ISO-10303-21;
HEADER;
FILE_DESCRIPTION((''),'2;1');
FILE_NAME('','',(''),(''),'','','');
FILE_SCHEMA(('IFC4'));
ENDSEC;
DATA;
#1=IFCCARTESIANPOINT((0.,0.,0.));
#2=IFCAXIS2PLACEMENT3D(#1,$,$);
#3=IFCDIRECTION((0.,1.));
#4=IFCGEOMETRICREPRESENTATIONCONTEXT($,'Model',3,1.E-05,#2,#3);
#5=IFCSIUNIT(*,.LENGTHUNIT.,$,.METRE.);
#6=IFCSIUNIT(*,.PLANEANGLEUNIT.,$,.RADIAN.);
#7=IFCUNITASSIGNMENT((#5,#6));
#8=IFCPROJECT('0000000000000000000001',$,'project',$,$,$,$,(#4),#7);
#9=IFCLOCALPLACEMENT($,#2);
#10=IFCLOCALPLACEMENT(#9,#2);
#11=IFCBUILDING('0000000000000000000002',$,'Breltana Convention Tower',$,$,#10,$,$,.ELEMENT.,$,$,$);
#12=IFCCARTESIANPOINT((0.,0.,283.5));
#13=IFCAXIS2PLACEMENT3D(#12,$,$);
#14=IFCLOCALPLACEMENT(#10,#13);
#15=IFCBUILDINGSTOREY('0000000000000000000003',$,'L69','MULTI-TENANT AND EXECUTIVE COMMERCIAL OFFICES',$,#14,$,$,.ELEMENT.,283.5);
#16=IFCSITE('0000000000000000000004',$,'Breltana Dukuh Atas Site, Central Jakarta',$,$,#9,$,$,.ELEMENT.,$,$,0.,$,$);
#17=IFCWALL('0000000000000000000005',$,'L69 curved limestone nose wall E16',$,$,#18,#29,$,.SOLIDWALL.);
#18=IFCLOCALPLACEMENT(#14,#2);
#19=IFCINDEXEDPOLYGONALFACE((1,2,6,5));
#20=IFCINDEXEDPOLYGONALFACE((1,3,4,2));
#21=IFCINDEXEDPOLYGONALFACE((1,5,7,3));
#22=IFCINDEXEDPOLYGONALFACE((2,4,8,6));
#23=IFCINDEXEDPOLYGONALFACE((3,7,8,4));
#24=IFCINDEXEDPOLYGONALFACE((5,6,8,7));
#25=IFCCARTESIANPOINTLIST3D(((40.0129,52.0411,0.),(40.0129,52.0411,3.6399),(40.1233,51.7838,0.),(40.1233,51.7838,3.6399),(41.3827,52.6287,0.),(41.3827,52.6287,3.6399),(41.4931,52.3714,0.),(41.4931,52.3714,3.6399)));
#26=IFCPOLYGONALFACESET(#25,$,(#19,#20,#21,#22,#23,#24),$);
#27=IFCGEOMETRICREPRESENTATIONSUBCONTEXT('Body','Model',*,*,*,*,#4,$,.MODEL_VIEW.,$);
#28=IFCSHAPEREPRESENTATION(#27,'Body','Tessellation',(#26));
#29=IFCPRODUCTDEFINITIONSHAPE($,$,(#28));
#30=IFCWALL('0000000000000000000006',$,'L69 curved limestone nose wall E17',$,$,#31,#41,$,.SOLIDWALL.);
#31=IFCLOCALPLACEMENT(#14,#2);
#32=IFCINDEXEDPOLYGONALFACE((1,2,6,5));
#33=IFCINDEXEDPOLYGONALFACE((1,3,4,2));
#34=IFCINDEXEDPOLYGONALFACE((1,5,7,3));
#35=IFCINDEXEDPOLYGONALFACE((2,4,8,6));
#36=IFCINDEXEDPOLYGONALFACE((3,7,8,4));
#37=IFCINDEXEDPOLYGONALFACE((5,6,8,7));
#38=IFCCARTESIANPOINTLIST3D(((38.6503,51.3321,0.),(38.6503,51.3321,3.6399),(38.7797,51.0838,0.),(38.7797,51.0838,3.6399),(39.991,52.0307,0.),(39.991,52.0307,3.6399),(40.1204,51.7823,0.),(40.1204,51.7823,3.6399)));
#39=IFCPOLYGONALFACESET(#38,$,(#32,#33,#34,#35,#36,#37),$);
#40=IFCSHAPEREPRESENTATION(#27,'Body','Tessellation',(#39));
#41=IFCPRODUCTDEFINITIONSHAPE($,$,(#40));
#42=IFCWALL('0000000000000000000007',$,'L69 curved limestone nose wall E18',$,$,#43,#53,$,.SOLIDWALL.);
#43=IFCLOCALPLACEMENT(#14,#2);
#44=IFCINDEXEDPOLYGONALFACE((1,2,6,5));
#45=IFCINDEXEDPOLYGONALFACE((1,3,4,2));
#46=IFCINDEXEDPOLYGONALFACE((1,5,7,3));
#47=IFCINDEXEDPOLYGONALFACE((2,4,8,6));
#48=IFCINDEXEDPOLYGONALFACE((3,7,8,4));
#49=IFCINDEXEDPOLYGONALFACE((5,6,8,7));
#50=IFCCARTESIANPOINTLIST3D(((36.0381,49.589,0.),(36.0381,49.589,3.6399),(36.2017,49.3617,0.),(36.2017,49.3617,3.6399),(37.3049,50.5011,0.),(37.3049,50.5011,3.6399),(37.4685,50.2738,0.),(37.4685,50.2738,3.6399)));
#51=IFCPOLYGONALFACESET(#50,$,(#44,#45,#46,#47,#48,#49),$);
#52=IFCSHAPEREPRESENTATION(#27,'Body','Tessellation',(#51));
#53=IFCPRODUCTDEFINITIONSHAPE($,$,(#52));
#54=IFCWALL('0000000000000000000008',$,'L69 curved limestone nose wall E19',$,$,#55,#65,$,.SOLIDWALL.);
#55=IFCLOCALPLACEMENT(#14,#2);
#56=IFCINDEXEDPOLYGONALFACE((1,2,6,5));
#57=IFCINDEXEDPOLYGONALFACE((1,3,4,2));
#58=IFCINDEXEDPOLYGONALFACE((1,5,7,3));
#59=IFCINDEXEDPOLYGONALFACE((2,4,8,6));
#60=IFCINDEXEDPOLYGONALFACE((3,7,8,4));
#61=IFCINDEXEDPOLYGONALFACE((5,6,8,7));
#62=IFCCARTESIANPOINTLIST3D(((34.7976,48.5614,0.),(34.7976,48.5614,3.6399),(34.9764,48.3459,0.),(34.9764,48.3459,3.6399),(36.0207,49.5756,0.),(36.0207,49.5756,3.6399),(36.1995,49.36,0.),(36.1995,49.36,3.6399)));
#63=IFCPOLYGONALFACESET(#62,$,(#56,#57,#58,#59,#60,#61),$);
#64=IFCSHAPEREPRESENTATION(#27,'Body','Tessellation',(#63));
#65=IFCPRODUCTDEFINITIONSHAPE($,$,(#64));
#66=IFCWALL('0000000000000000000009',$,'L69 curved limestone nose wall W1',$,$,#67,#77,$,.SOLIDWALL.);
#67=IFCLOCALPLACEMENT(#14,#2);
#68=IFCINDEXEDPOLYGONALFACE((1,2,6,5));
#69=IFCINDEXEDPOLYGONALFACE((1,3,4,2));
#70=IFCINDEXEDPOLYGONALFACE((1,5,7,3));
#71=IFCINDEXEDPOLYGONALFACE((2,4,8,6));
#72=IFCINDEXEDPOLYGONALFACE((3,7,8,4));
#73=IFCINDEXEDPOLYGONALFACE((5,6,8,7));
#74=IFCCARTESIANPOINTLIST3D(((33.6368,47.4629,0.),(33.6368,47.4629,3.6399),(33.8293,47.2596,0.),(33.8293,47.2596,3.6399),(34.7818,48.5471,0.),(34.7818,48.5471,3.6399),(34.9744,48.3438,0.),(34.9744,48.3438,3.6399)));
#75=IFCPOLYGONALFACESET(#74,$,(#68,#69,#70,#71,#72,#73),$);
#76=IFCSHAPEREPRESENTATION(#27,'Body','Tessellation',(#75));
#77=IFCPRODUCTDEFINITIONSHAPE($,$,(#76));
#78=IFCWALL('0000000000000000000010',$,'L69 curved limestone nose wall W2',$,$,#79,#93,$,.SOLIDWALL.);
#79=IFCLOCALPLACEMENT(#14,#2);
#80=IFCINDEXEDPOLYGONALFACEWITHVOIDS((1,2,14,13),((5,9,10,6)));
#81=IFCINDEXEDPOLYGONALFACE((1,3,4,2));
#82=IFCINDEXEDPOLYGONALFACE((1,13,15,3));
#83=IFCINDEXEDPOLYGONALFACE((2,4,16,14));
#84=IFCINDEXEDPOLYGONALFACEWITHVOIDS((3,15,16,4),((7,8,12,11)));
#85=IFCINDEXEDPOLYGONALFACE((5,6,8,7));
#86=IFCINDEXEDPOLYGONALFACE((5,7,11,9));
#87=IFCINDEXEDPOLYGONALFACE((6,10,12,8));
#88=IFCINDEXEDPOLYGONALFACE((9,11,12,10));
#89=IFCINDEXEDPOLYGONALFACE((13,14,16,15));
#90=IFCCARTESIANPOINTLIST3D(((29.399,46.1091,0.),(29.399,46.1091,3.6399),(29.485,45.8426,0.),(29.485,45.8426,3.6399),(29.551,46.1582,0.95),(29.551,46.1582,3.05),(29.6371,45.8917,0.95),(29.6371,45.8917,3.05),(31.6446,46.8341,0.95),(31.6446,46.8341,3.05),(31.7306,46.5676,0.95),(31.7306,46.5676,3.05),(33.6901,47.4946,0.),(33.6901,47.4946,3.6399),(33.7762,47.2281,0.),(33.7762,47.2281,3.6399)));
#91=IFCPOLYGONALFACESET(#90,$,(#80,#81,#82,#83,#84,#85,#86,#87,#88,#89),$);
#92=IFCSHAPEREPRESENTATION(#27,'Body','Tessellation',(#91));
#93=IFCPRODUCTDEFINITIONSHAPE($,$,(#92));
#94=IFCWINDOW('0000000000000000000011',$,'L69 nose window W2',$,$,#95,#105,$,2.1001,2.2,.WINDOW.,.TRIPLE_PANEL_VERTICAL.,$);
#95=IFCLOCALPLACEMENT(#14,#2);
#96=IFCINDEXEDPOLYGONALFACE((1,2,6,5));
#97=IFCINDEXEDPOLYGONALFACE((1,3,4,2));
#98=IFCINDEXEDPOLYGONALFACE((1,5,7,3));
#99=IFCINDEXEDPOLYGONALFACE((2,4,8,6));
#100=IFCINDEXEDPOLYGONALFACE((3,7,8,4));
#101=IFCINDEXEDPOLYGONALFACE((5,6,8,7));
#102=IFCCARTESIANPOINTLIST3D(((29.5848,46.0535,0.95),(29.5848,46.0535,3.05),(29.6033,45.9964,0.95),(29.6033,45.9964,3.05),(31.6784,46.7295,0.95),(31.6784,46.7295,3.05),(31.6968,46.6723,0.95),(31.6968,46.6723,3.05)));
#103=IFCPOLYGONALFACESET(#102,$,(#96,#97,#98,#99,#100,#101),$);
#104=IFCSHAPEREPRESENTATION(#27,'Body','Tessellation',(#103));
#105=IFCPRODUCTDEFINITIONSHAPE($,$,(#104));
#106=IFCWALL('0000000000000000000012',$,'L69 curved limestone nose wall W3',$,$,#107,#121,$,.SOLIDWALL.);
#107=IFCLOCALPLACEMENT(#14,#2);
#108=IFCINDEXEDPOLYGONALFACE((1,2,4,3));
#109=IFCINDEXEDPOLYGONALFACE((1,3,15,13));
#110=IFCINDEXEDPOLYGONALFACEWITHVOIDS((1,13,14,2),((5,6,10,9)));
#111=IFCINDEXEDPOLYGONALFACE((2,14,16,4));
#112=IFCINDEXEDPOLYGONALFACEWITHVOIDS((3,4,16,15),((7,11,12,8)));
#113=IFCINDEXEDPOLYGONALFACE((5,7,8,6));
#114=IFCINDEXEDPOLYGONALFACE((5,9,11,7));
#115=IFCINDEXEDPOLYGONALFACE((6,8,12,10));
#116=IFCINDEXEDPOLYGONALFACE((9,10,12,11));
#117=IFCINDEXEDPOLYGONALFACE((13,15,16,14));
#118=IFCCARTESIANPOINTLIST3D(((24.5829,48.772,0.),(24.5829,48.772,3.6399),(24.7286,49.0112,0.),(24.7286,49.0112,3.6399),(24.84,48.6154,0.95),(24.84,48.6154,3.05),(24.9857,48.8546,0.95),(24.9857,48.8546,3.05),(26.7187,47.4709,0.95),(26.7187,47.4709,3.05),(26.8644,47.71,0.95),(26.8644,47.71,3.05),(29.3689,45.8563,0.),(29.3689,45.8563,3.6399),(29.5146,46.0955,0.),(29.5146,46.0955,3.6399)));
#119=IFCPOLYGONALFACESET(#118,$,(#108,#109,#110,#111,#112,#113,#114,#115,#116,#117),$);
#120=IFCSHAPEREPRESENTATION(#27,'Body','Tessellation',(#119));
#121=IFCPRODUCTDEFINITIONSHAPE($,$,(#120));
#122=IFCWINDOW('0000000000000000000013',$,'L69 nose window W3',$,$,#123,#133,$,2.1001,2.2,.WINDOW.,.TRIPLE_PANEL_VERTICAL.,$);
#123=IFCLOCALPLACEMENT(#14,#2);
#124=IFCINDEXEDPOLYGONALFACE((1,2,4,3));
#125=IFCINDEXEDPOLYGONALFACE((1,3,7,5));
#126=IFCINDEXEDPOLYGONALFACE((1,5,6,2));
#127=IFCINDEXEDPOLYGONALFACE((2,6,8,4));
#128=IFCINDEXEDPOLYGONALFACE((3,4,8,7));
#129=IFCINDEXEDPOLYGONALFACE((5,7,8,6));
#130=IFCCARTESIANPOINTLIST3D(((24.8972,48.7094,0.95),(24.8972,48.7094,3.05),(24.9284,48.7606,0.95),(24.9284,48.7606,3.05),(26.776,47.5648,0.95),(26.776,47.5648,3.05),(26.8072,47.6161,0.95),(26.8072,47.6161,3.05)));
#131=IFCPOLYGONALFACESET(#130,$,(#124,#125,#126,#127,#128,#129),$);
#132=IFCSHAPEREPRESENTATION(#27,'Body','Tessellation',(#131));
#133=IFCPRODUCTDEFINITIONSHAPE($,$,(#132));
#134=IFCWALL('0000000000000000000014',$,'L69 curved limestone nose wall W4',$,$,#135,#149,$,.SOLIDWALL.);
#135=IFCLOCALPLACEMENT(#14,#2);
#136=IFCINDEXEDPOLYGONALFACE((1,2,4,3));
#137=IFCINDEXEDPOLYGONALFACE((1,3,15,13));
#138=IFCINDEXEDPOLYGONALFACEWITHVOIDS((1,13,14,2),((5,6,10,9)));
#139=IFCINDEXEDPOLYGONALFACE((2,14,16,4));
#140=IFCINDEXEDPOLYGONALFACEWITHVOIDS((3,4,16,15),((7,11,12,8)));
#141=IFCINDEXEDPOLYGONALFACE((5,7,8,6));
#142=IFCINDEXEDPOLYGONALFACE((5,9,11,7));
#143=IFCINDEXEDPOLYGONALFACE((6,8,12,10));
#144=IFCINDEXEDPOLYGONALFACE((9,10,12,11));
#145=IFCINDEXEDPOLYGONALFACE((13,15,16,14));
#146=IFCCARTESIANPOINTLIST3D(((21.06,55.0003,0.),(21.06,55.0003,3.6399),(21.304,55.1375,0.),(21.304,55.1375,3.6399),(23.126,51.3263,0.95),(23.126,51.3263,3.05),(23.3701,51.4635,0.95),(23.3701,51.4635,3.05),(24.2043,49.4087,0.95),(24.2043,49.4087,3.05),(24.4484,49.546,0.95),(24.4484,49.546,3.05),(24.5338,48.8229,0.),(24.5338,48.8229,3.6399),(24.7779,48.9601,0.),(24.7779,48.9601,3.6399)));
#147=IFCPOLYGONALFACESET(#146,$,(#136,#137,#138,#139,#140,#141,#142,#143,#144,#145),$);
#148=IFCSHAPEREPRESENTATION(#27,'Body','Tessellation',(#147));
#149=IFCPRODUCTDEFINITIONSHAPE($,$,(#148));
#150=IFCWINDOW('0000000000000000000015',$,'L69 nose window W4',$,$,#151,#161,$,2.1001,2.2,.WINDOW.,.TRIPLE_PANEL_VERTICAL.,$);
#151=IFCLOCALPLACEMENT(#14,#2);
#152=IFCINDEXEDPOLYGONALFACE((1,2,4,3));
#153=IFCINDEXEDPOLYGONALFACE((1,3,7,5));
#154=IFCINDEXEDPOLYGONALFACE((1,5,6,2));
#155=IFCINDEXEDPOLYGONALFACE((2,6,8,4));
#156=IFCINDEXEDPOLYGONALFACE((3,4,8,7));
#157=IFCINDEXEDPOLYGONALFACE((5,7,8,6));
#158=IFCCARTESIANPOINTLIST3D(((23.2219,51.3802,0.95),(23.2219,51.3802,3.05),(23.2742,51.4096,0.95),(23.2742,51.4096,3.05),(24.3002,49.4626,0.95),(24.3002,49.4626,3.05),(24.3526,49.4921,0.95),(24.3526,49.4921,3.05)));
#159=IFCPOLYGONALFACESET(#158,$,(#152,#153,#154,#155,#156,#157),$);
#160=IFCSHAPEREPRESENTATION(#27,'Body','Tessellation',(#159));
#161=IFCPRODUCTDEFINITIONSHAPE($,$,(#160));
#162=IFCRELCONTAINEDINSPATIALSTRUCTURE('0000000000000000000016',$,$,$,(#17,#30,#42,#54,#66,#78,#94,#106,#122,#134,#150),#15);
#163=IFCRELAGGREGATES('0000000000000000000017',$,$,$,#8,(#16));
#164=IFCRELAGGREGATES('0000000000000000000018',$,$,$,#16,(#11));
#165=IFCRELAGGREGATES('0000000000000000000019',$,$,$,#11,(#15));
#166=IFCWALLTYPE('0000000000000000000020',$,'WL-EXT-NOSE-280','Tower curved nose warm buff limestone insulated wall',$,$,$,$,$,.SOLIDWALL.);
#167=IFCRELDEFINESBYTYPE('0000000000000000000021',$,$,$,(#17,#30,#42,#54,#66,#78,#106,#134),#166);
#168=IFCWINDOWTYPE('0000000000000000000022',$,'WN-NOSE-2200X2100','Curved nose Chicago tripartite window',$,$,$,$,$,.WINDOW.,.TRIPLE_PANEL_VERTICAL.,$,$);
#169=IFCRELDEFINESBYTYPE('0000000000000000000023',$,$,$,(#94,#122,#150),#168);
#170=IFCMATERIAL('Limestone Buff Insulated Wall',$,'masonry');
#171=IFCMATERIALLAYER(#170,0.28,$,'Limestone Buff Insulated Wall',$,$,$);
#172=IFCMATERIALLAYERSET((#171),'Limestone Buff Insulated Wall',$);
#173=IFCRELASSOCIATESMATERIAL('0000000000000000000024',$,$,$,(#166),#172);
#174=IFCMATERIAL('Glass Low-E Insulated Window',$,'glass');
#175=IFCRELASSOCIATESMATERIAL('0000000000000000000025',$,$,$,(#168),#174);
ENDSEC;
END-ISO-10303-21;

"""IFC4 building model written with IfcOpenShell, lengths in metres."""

from ifc_helpers import new_model, si_unit, direction, frame, frame_2d, origin, place, context, subcontext, project, spatial, rectangle, extrude, source, transform, mapped, material, layer, layer_set, type_object, type_shapes, element, fill, save


model = new_model("IFC4")

# Units and contexts
model_context = context("Model", 3, precision=1e-05, world=origin(), true_north=direction((0.0, 1.0)))
body_context = subcontext(model_context, "Body", "Model", "MODEL_VIEW")
ifc_project = project(units=[si_unit("LENGTHUNIT", "METRE"), si_unit("PLANEANGLEUNIT", "RADIAN")], contexts=[model_context])

# Site, building, storey
site_placement = place(None, origin())
site = spatial("IfcSite", under=ifc_project, at=site_placement, Name="Breltana Dukuh Atas Site, Central Jakarta", CompositionType="ELEMENT", RefElevation=0.0)
building_placement = place(site_placement, origin())
building = spatial("IfcBuilding", under=site, at=building_placement, Name="Breltana Convention Tower", CompositionType="ELEMENT")
storey_placement = place(building_placement, frame((0.0, 0.0, 283.5)))
storey = spatial("IfcBuildingStorey", under=building, at=storey_placement, Name="L69", Description="MULTI-TENANT AND EXECUTIVE COMMERCIAL OFFICES", CompositionType="ELEMENT", Elevation=283.5)

# Walls
ifc_material_1 = material(Name="Limestone Buff Insulated Wall", Category="masonry")
ifc_layer_1 = layer(ifc_material_1, 0.28, Name="Limestone Buff Insulated Wall")
ifc_layer_set_1 = layer_set([ifc_layer_1], Name="Limestone Buff Insulated Wall")
wall_type_1 = type_object("IfcWallType", Name="WL-EXT-NOSE-280", Description="Tower curved nose warm buff limestone insulated wall", PredefinedType="SOLIDWALL", material=ifc_layer_set_1)
shared_shape_1 = source(origin(), body_context, "Body", "SweptSolid", [
    extrude(rectangle(XDim=1.4905, YDim=0.28, at=frame_2d((0.7451, 0.0))), origin(), (0.0, 0.0, 1.0), 3.6399),
])
wall_1_placement = place(storey_placement, frame((41.4377, 52.5, 0.0), z_axis=(0.0, 0.0, 1.0), x_axis=(-0.919009, -0.394236, 0.0)))
element("IfcWall", 1, at=wall_1_placement, inside=storey, type_object=wall_type_1, Name="L69 curved limestone nose wall E16", PredefinedType="SOLIDWALL", context=body_context, shape_type="MappedRepresentation", body=[
    mapped(shared_shape_1, transform((0.0, 0.0, 0.0), scale=1.0)),
])
shared_shape_2 = source(origin(), body_context, "Body", "SweptSolid", [
    extrude(rectangle(XDim=1.5117, YDim=0.28, at=frame_2d((0.7559, 0.0))), origin(), (0.0, 0.0, 1.0), 3.6399),
])
wall_2_placement = place(storey_placement, frame((40.0557, 51.9065, 0.0), z_axis=(0.0, 0.0, 1.0), x_axis=(-0.886841, -0.462075, 0.0)))
element("IfcWall", 2, at=wall_2_placement, inside=storey, type_object=wall_type_1, Name="L69 curved limestone nose wall E17", PredefinedType="SOLIDWALL", context=body_context, shape_type="MappedRepresentation", body=[
    mapped(shared_shape_2, transform((0.0, 0.0, 0.0), scale=1.0)),
])
shared_shape_3 = source(origin(), body_context, "Body", "SweptSolid", [
    extrude(rectangle(XDim=1.561, YDim=0.28, at=frame_2d((0.7805, 0.0))), origin(), (0.0, 0.0, 1.0), 3.6399),
])
wall_3_placement = place(storey_placement, frame((37.3867, 50.3875, 0.0), z_axis=(0.0, 0.0, 1.0), x_axis=(-0.81154, -0.584296, 0.0)))
element("IfcWall", 3, at=wall_3_placement, inside=storey, type_object=wall_type_1, Name="L69 curved limestone nose wall E18", PredefinedType="SOLIDWALL", context=body_context, shape_type="MappedRepresentation", body=[
    mapped(shared_shape_3, transform((0.0, 0.0, 0.0), scale=1.0)),
])
shared_shape_4 = source(origin(), body_context, "Body", "SweptSolid", [
    extrude(rectangle(XDim=1.5889, YDim=0.28, at=frame_2d((0.7944, 0.0))), origin(), (0.0, 0.0, 1.0), 3.6399),
])
wall_4_placement = place(storey_placement, frame((36.1101, 49.4678, 0.0), z_axis=(0.0, 0.0, 1.0), x_axis=(-0.769806, -0.638278, 0.0)))
element("IfcWall", 4, at=wall_4_placement, inside=storey, type_object=wall_type_1, Name="L69 curved limestone nose wall E19", PredefinedType="SOLIDWALL", context=body_context, shape_type="MappedRepresentation", body=[
    mapped(shared_shape_4, transform((0.0, 0.0, 0.0), scale=1.0)),
])
shared_shape_5 = source(origin(), body_context, "Body", "SweptSolid", [
    extrude(rectangle(XDim=1.5769, YDim=0.28, at=frame_2d((0.7886, 0.0))), origin(), (0.0, 0.0, 1.0), 3.6399),
])
wall_5_placement = place(storey_placement, frame((34.8782, 48.4456, 0.0), z_axis=(0.0, 0.0, 1.0), x_axis=(-0.726119, -0.687569, 0.0)))
element("IfcWall", 5, at=wall_5_placement, inside=storey, type_object=wall_type_1, Name="L69 curved limestone nose wall W1", PredefinedType="SOLIDWALL", context=body_context, shape_type="MappedRepresentation", body=[
    mapped(shared_shape_5, transform((0.0, 0.0, 0.0), scale=1.0)),
])

# Walls, openings, windows
shared_shape_6 = source(origin(), body_context, "Body", "SweptSolid", [
    extrude(rectangle(XDim=4.5093, YDim=0.28, at=frame_2d((2.2546, 0.0))), origin(), (0.0, 0.0, 1.0), 3.6399),
])
wall_6_placement = place(storey_placement, frame((33.7332, 47.3613, 0.0), z_axis=(0.0, 0.0, 1.0), x_axis=(-0.951629, -0.307248, 0.0)))
wall_6 = element("IfcWall", 6, at=wall_6_placement, inside=storey, type_object=wall_type_1, Name="L69 curved limestone nose wall W2", PredefinedType="SOLIDWALL", context=body_context, shape_type="MappedRepresentation", body=[
    mapped(shared_shape_6, transform((0.0, 0.0, 0.0), scale=1.0)),
])
opening_1_placement = place(wall_6_placement, frame((2.1494, 0.0, 0.95)))
opening_1 = element("IfcOpeningElement", 7, at=opening_1_placement, cuts=wall_6, PredefinedType="OPENING", context=body_context, shape_type="SweptSolid", body=[
    extrude(rectangle(XDim=2.2, YDim=2.1001, at=frame_2d((1.1001, 1.05))), frame((0.0, 0.1499, 0.0), z_axis=(0.0, -1.0, 0.0), x_axis=(1.0, 0.0, 0.0)), (0.0, 0.0, 1.0), 0.3),
])
ifc_material_2 = material(Name="Glass Low-E Insulated Window", Category="glass")
window_type = type_object("IfcWindowType", Name="WN-NOSE-2200X2100", Description="Curved nose Chicago tripartite window", PartitioningType="TRIPLE_PANEL_VERTICAL", PredefinedType="WINDOW", material=ifc_material_2)
shared_shape_7 = source(origin(), body_context, "Body", "SweptSolid", [
    extrude(rectangle(XDim=2.2, YDim=2.1001, at=frame_2d((1.1001, 1.05))), frame((0.0, 0.03, 0.0), z_axis=(0.0, -1.0, 0.0), x_axis=(1.0, 0.0, 0.0)), (0.0, 0.0, 1.0), 0.0601),
])
type_shapes(window_type, [shared_shape_7])
window_1_placement = place(opening_1_placement, origin())
window_1 = element("IfcWindow", 8, at=window_1_placement, inside=storey, type_object=window_type, Name="L69 nose window W2", OverallHeight=2.1001, OverallWidth=2.2, PartitioningType="TRIPLE_PANEL_VERTICAL", PredefinedType="WINDOW", context=body_context, shape_type="MappedRepresentation", body=[
    mapped(shared_shape_7, transform((0.0, 0.0, 0.0), scale=1.0)),
])
fill(opening_1, window_1)
shared_shape_8 = source(origin(), body_context, "Body", "SweptSolid", [
    extrude(rectangle(XDim=5.6042, YDim=0.28, at=frame_2d((2.8022, 0.0))), origin(), (0.0, 0.0, 1.0), 3.6399),
])
wall_7_placement = place(storey_placement, frame((29.4419, 45.9758, 0.0), z_axis=(0.0, 0.0, 1.0), x_axis=(-0.854002, 0.520269, 0.0)))
wall_7 = element("IfcWall", 9, at=wall_7_placement, inside=storey, type_object=wall_type_1, Name="L69 curved limestone nose wall W3", PredefinedType="SOLIDWALL", context=body_context, shape_type="MappedRepresentation", body=[
    mapped(shared_shape_8, transform((0.0, 0.0, 0.0), scale=1.0)),
])
opening_2_placement = place(wall_7_placement, frame((3.1033, 0.0, 0.95)))
opening_2 = element("IfcOpeningElement", 10, at=opening_2_placement, cuts=wall_7, PredefinedType="OPENING", context=body_context, shape_type="SweptSolid", body=[
    extrude(rectangle(XDim=2.2, YDim=2.1001, at=frame_2d((1.1001, 1.05))), frame((0.0, 0.1499, 0.0), z_axis=(0.0, -1.0, 0.0), x_axis=(1.0, 0.0, 0.0)), (0.0, 0.0, 1.0), 0.3),
])
window_2_placement = place(opening_2_placement, origin())
window_2 = element("IfcWindow", 11, at=window_2_placement, inside=storey, type_object=window_type, Name="L69 nose window W3", OverallHeight=2.1001, OverallWidth=2.2, PartitioningType="TRIPLE_PANEL_VERTICAL", PredefinedType="WINDOW", context=body_context, shape_type="MappedRepresentation", body=[
    mapped(shared_shape_7, transform((0.0, 0.0, 0.0), scale=1.0)),
])
fill(opening_2, window_2)
shared_shape_9 = source(origin(), body_context, "Body", "SweptSolid", [
    extrude(rectangle(XDim=7.0872, YDim=0.28, at=frame_2d((3.5435, 0.0))), origin(), (0.0, 0.0, 1.0), 3.6399),
])
wall_8_placement = place(storey_placement, frame((24.6558, 48.8916, 0.0), z_axis=(0.0, 0.0, 1.0), x_axis=(-0.490158, 0.871633, 0.0)))
wall_8 = element("IfcWall", 12, at=wall_8_placement, inside=storey, type_object=wall_type_1, Name="L69 curved limestone nose wall W4", PredefinedType="SOLIDWALL", context=body_context, shape_type="MappedRepresentation", body=[
    mapped(shared_shape_9, transform((0.0, 0.0, 0.0), scale=1.0)),
])
opening_3_placement = place(wall_8_placement, frame((0.6719, 0.0, 0.95)))
opening_3 = element("IfcOpeningElement", 13, at=opening_3_placement, cuts=wall_8, PredefinedType="OPENING", context=body_context, shape_type="SweptSolid", body=[
    extrude(rectangle(XDim=2.2, YDim=2.1001, at=frame_2d((1.1001, 1.05))), frame((0.0, 0.1499, 0.0), z_axis=(0.0, -1.0, 0.0), x_axis=(1.0, 0.0, 0.0)), (0.0, 0.0, 1.0), 0.3),
])
window_3_placement = place(opening_3_placement, origin())
window_3 = element("IfcWindow", 14, at=window_3_placement, inside=storey, type_object=window_type, Name="L69 nose window W4", OverallHeight=2.1001, OverallWidth=2.2, PartitioningType="TRIPLE_PANEL_VERTICAL", PredefinedType="WINDOW", context=body_context, shape_type="MappedRepresentation", body=[
    mapped(shared_shape_7, transform((0.0, 0.0, 0.0), scale=1.0)),
])
fill(opening_3, window_3)

save(model, "model.ifc")
